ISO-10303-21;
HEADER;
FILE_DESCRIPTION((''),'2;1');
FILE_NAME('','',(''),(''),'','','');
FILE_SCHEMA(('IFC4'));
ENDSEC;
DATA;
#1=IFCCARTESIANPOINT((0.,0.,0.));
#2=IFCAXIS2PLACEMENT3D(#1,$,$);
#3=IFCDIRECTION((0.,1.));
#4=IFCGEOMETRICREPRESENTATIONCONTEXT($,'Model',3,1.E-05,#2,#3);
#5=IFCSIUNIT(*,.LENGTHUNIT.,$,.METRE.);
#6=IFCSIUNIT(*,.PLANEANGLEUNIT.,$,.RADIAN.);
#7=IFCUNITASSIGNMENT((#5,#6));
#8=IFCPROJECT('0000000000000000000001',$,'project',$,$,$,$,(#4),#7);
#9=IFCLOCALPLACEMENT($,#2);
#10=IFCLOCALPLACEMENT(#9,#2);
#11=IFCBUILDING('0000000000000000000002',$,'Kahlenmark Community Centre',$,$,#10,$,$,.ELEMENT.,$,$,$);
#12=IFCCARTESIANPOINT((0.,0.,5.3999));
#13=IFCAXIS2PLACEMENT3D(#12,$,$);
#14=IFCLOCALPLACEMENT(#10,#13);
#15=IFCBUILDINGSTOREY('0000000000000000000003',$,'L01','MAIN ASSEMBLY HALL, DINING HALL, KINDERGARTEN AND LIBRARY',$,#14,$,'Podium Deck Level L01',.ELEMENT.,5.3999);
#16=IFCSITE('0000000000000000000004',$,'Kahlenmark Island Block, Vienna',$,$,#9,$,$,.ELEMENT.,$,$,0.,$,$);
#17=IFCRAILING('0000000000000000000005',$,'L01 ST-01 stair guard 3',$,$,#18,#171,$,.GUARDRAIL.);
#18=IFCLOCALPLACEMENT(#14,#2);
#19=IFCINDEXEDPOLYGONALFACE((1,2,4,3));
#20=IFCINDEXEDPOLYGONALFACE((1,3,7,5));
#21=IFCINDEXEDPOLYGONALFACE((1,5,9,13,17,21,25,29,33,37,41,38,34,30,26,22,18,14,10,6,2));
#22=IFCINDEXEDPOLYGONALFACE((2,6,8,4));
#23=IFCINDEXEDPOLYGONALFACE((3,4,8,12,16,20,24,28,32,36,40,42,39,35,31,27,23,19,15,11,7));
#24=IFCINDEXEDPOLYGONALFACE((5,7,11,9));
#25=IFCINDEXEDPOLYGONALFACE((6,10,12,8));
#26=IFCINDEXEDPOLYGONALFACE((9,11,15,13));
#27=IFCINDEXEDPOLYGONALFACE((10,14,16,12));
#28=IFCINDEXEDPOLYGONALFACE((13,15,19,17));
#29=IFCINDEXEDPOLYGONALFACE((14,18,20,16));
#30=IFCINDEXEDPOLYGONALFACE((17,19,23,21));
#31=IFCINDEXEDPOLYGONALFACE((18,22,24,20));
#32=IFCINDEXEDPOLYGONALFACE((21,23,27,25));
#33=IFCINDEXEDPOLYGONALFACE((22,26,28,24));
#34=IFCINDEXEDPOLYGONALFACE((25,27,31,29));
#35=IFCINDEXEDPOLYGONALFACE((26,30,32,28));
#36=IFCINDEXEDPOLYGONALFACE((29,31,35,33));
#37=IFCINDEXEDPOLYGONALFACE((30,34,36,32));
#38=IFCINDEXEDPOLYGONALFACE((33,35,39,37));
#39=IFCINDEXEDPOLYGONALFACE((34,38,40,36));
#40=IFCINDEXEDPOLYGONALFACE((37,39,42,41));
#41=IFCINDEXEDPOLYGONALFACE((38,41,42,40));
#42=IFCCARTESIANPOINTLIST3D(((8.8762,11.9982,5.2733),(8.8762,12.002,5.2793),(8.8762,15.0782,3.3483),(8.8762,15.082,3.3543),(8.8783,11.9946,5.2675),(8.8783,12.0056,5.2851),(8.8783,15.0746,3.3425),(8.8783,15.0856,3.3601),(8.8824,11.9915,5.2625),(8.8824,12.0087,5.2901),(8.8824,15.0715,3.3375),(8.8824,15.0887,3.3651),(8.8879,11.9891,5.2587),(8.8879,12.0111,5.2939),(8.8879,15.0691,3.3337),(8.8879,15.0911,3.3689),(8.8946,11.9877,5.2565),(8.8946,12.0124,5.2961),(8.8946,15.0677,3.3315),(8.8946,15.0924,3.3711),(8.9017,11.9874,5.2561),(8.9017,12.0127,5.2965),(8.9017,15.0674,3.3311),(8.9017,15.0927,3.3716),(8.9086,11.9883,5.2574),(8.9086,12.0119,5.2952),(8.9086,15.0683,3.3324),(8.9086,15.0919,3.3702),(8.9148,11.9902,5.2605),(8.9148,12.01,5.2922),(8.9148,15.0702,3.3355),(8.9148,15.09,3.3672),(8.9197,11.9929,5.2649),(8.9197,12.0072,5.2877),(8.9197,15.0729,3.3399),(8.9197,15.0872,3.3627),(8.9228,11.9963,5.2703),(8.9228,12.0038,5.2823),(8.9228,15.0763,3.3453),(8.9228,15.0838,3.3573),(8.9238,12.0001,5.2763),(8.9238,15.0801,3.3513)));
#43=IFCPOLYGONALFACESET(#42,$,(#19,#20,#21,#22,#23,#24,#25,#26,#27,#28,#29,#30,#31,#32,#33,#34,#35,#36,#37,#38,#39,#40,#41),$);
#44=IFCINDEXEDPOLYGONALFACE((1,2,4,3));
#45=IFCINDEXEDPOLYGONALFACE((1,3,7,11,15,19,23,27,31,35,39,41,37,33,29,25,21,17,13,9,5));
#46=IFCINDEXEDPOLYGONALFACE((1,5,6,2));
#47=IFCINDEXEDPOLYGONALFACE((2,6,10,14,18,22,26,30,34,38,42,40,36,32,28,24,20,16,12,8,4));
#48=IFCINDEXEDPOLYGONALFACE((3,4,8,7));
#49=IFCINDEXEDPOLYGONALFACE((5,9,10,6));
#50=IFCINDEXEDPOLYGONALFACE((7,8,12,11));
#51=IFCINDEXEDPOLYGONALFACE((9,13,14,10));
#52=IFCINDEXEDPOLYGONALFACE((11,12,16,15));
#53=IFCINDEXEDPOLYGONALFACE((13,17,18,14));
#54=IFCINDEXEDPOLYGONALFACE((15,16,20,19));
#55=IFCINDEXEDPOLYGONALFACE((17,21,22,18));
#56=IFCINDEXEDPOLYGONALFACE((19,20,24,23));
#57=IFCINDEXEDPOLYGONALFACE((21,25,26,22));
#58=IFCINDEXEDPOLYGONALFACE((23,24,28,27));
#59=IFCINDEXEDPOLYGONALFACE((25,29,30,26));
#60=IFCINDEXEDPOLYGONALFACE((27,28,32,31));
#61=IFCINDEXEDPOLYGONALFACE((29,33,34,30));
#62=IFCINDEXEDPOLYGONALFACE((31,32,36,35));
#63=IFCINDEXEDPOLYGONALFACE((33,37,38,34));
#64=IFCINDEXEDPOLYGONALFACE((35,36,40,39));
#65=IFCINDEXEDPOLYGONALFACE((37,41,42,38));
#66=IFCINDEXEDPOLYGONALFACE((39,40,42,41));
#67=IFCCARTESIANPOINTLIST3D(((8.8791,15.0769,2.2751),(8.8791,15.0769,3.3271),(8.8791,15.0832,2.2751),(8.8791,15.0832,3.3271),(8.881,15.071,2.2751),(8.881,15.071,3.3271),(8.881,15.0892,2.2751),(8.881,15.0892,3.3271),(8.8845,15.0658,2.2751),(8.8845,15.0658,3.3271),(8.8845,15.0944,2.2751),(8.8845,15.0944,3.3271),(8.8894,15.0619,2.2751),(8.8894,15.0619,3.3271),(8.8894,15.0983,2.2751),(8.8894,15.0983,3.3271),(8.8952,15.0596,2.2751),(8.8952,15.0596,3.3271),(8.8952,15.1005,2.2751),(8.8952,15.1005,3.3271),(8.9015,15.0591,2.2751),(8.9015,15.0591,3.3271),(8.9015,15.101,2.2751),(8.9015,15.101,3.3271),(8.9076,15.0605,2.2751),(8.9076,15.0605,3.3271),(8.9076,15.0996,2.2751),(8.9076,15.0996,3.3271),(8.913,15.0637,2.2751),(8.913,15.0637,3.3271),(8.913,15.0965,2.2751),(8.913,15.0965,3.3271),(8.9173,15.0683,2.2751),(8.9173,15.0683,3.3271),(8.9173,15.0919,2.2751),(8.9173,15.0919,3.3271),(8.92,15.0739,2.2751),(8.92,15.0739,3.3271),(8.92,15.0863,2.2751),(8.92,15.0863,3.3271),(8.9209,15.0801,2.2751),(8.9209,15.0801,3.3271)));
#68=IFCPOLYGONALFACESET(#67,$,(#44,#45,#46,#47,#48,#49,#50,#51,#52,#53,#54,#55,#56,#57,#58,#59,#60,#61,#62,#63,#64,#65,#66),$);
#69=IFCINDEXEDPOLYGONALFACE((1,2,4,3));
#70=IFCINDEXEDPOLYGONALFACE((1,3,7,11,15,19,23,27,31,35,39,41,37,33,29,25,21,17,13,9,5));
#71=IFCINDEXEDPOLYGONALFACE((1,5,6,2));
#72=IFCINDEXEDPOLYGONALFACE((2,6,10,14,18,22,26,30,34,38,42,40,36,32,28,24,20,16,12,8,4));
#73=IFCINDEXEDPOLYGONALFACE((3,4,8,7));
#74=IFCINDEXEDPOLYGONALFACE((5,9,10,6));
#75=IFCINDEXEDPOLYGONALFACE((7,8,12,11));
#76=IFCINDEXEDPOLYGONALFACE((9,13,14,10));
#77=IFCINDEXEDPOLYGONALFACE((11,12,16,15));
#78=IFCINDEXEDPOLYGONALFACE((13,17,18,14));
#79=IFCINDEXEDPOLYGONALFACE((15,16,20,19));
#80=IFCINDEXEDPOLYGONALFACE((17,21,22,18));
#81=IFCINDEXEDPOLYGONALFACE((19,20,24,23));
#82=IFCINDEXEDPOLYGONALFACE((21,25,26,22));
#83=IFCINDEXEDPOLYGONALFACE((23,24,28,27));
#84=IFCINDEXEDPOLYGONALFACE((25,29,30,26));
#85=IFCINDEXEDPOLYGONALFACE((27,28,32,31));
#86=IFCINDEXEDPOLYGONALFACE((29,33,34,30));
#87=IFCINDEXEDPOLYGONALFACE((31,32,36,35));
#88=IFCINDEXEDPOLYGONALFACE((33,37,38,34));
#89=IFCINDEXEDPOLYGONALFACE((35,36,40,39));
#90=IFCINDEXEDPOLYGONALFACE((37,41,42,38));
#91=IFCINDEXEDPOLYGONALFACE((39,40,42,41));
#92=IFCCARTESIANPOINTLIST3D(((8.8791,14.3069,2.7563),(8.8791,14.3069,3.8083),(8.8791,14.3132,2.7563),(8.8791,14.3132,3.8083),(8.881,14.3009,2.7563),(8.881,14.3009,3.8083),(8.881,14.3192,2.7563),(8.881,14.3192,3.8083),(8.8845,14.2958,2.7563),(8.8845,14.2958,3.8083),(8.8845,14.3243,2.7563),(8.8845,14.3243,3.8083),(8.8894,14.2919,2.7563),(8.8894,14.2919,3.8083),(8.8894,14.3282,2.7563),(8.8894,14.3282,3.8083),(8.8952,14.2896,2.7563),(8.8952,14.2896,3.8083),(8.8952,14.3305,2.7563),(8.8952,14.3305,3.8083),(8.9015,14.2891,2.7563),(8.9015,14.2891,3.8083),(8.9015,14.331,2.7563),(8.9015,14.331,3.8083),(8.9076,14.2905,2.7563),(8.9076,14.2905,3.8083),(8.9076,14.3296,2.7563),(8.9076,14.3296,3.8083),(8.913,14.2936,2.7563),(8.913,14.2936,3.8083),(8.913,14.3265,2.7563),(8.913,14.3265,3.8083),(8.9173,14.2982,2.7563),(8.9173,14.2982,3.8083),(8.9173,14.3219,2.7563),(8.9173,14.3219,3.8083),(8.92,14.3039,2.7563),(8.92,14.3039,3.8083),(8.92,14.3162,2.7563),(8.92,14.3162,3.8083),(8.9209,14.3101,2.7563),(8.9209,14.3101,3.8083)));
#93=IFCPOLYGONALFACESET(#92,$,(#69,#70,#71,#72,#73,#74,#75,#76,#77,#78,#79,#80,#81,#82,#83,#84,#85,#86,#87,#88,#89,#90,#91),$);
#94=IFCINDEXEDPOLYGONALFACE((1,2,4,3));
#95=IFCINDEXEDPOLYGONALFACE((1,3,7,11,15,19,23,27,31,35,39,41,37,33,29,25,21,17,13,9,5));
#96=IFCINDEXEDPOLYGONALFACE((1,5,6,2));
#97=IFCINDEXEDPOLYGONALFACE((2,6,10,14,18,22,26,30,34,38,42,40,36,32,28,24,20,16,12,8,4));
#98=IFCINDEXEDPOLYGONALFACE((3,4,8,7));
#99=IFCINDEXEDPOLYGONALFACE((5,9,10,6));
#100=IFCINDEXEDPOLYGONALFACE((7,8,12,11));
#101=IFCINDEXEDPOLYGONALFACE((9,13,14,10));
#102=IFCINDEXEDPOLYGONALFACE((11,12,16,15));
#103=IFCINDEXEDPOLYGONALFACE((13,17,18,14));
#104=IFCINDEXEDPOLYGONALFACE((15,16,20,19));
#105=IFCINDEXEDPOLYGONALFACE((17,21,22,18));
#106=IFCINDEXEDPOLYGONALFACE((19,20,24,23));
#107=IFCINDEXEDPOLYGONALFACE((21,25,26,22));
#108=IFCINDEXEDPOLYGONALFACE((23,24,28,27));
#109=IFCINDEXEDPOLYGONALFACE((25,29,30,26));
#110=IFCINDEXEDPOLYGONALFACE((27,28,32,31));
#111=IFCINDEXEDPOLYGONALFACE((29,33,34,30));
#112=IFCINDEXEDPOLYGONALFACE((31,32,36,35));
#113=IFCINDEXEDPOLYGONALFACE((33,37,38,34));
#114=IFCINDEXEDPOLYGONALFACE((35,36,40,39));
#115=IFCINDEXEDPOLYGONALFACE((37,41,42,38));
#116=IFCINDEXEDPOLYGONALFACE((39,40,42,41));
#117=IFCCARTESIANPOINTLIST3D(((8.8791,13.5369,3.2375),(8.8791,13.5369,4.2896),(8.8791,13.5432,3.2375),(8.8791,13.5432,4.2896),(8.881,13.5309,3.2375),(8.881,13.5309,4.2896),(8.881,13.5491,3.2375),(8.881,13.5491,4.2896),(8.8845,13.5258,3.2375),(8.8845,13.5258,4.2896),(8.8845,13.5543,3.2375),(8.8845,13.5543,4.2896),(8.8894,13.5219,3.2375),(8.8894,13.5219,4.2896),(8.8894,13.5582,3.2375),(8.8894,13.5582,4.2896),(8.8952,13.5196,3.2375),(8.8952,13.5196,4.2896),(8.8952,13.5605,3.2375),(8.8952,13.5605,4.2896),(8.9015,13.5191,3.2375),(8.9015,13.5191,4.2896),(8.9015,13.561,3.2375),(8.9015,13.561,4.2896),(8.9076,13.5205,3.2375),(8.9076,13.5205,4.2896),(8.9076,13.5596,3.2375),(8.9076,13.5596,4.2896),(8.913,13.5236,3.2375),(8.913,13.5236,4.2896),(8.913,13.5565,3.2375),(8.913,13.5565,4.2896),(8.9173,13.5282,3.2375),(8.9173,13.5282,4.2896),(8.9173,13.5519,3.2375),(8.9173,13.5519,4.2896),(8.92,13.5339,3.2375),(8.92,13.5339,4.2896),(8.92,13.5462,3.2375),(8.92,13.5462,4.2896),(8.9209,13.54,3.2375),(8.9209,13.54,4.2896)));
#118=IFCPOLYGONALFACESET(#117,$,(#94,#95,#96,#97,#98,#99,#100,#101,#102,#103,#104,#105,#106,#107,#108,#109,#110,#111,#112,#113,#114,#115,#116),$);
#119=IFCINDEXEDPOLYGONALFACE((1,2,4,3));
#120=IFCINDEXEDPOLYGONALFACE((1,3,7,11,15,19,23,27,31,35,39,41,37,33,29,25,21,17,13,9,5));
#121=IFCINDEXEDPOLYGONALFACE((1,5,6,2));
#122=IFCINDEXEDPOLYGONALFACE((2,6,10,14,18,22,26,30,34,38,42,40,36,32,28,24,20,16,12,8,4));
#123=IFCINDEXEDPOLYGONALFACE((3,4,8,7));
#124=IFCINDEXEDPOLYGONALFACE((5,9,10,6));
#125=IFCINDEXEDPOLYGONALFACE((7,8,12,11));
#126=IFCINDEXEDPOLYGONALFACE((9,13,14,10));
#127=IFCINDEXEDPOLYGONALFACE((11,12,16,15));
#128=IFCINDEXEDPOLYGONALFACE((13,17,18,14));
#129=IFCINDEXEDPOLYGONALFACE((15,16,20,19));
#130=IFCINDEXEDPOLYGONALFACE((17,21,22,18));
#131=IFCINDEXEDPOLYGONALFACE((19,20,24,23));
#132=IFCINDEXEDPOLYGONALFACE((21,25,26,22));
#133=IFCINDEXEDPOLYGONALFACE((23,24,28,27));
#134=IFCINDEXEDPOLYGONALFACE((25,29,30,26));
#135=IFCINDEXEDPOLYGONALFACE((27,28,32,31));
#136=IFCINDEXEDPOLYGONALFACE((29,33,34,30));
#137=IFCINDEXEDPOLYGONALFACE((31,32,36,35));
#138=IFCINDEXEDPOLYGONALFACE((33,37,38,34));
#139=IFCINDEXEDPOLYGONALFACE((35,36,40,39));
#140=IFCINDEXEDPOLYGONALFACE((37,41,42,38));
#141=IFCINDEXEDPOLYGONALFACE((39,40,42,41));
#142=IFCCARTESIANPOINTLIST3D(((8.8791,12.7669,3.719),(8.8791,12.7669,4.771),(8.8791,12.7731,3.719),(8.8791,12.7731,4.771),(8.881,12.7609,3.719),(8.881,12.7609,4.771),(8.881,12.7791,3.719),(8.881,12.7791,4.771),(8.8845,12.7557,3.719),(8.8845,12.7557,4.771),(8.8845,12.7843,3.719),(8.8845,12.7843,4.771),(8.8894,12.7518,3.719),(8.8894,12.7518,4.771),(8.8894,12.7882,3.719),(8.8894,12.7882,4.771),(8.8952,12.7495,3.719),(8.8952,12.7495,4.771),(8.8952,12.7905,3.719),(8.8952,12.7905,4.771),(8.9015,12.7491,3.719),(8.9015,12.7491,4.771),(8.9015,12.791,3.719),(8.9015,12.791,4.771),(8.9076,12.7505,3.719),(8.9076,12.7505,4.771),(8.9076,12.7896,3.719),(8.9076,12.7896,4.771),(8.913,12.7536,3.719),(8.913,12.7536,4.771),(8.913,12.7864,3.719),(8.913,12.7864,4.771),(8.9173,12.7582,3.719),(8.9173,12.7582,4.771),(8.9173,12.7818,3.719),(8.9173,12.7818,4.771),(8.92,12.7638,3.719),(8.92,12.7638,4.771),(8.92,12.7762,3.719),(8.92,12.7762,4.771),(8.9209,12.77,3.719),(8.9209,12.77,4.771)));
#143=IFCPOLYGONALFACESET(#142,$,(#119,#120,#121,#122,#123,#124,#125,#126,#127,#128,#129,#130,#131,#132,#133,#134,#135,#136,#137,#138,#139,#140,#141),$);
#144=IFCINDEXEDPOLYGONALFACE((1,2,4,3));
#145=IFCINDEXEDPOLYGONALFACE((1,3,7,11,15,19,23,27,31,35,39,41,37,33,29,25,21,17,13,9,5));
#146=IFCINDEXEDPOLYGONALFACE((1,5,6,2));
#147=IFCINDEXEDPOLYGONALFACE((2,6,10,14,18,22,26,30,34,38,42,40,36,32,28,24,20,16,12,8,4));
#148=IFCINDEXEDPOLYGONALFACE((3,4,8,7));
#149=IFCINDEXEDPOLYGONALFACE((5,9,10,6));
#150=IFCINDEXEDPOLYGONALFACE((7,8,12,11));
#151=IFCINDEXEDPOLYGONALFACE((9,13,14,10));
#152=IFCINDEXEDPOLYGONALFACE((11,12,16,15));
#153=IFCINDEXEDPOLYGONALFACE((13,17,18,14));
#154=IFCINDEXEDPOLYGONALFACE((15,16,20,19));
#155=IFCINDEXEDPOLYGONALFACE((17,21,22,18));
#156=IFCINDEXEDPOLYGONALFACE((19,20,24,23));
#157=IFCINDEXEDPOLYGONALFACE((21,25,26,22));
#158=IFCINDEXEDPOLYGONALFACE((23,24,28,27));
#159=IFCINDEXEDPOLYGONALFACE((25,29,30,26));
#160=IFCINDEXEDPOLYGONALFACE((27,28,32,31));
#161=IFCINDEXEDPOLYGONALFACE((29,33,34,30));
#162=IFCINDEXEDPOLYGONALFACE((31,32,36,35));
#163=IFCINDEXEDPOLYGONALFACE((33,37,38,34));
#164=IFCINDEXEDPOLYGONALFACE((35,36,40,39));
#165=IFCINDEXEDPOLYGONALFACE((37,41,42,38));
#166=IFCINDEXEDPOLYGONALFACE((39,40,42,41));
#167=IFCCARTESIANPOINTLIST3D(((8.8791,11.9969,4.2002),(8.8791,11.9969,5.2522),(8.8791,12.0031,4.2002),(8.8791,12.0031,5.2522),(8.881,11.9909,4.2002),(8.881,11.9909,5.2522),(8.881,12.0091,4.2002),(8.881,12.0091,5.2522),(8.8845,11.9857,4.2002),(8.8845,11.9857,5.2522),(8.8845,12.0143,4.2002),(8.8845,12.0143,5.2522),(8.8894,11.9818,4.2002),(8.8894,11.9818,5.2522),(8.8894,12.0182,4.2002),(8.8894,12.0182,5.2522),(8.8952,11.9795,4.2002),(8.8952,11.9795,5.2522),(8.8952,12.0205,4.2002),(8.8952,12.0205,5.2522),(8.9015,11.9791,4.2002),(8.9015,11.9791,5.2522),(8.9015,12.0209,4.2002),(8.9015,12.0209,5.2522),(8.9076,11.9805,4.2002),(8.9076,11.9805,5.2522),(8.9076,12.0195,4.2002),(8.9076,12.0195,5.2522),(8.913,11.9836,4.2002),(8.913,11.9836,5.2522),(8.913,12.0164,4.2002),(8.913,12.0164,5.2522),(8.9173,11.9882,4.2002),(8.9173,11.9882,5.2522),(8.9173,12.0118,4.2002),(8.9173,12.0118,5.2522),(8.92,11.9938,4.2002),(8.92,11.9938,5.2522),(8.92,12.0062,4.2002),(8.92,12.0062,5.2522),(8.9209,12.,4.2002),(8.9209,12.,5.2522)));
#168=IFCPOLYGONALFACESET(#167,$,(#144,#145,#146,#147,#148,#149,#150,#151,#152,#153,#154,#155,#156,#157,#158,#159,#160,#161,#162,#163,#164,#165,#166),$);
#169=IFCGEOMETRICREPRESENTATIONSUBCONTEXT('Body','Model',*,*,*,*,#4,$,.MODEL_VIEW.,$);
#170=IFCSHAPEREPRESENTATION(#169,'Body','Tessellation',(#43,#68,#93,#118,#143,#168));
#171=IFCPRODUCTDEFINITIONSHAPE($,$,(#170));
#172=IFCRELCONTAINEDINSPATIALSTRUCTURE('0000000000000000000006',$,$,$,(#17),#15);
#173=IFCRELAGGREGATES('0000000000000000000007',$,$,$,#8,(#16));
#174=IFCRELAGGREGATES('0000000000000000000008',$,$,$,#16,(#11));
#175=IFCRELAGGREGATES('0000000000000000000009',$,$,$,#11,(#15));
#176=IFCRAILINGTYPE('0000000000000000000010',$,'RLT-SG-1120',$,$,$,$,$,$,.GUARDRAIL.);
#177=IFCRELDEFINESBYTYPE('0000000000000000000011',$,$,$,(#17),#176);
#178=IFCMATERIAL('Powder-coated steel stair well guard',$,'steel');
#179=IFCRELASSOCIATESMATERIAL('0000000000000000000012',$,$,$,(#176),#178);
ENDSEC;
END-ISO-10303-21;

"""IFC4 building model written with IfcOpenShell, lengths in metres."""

from ifc_helpers import new_model, si_unit, direction, frame, origin, origin_2d, place, context, subcontext, project, spatial, circle, extrude, material, type_object, element, save


model = new_model("IFC4")

# Units and contexts
model_context = context("Model", 3, precision=1e-05, world=origin(), true_north=direction((0.0, 1.0)))
body_context = subcontext(model_context, "Body", "Model", "MODEL_VIEW")
ifc_project = project(units=[si_unit("LENGTHUNIT", "METRE"), si_unit("PLANEANGLEUNIT", "RADIAN")], contexts=[model_context])

# Site, building, storey
site_placement = place(None, origin())
site = spatial("IfcSite", under=ifc_project, at=site_placement, Name="Kahlenmark Island Block, Vienna", CompositionType="ELEMENT", RefElevation=0.0)
building_placement = place(site_placement, origin())
building = spatial("IfcBuilding", under=site, at=building_placement, Name="Kahlenmark Community Centre", CompositionType="ELEMENT")
storey_placement = place(building_placement, frame((0.0, 0.0, 5.3999)))
storey = spatial("IfcBuildingStorey", under=building, at=storey_placement, Name="L01", Description="MAIN ASSEMBLY HALL, DINING HALL, KINDERGARTEN AND LIBRARY", LongName="Podium Deck Level L01", CompositionType="ELEMENT", Elevation=5.3999)

# Railing
ifc_material_1 = material(Name="Powder-coated steel stair well guard", Category="steel")
railing_type_1 = type_object("IfcRailingType", Name="RLT-SG-1120", PredefinedType="GUARDRAIL", material=ifc_material_1)
railing_1_placement = place(storey_placement, frame((8.8999, 15.0801, 2.2751)))
element("IfcRailing", 1, at=railing_1_placement, inside=storey, type_object=railing_type_1, Name="L01 ST-01 stair guard 3", PredefinedType="GUARDRAIL", context=body_context, shape_type="SweptSolid", body=[
    extrude(circle(Radius=0.0239, at=origin_2d()), frame((0.0, 0.0, 1.0762), z_axis=(0.0, -0.847998, 0.529999), x_axis=(1.0, 0.0, 0.0)), (0.0, 0.0, 1.0), 3.6321),
    extrude(circle(Radius=0.021, at=origin_2d()), origin(), (0.0, 0.0, 1.0), 1.052),
    extrude(circle(Radius=0.021, at=origin_2d()), frame((0.0, -0.77, 0.4812)), (0.0, 0.0, 1.0), 1.052),
    extrude(circle(Radius=0.021, at=origin_2d()), frame((0.0, -1.54, 0.9624)), (0.0, 0.0, 1.0), 1.052),
    extrude(circle(Radius=0.021, at=origin_2d()), frame((0.0, -2.3101, 1.4438)), (0.0, 0.0, 1.0), 1.052),
    extrude(circle(Radius=0.021, at=origin_2d()), frame((0.0, -3.0801, 1.925)), (0.0, 0.0, 1.0), 1.052),
])

save(model, "model.ifc")
